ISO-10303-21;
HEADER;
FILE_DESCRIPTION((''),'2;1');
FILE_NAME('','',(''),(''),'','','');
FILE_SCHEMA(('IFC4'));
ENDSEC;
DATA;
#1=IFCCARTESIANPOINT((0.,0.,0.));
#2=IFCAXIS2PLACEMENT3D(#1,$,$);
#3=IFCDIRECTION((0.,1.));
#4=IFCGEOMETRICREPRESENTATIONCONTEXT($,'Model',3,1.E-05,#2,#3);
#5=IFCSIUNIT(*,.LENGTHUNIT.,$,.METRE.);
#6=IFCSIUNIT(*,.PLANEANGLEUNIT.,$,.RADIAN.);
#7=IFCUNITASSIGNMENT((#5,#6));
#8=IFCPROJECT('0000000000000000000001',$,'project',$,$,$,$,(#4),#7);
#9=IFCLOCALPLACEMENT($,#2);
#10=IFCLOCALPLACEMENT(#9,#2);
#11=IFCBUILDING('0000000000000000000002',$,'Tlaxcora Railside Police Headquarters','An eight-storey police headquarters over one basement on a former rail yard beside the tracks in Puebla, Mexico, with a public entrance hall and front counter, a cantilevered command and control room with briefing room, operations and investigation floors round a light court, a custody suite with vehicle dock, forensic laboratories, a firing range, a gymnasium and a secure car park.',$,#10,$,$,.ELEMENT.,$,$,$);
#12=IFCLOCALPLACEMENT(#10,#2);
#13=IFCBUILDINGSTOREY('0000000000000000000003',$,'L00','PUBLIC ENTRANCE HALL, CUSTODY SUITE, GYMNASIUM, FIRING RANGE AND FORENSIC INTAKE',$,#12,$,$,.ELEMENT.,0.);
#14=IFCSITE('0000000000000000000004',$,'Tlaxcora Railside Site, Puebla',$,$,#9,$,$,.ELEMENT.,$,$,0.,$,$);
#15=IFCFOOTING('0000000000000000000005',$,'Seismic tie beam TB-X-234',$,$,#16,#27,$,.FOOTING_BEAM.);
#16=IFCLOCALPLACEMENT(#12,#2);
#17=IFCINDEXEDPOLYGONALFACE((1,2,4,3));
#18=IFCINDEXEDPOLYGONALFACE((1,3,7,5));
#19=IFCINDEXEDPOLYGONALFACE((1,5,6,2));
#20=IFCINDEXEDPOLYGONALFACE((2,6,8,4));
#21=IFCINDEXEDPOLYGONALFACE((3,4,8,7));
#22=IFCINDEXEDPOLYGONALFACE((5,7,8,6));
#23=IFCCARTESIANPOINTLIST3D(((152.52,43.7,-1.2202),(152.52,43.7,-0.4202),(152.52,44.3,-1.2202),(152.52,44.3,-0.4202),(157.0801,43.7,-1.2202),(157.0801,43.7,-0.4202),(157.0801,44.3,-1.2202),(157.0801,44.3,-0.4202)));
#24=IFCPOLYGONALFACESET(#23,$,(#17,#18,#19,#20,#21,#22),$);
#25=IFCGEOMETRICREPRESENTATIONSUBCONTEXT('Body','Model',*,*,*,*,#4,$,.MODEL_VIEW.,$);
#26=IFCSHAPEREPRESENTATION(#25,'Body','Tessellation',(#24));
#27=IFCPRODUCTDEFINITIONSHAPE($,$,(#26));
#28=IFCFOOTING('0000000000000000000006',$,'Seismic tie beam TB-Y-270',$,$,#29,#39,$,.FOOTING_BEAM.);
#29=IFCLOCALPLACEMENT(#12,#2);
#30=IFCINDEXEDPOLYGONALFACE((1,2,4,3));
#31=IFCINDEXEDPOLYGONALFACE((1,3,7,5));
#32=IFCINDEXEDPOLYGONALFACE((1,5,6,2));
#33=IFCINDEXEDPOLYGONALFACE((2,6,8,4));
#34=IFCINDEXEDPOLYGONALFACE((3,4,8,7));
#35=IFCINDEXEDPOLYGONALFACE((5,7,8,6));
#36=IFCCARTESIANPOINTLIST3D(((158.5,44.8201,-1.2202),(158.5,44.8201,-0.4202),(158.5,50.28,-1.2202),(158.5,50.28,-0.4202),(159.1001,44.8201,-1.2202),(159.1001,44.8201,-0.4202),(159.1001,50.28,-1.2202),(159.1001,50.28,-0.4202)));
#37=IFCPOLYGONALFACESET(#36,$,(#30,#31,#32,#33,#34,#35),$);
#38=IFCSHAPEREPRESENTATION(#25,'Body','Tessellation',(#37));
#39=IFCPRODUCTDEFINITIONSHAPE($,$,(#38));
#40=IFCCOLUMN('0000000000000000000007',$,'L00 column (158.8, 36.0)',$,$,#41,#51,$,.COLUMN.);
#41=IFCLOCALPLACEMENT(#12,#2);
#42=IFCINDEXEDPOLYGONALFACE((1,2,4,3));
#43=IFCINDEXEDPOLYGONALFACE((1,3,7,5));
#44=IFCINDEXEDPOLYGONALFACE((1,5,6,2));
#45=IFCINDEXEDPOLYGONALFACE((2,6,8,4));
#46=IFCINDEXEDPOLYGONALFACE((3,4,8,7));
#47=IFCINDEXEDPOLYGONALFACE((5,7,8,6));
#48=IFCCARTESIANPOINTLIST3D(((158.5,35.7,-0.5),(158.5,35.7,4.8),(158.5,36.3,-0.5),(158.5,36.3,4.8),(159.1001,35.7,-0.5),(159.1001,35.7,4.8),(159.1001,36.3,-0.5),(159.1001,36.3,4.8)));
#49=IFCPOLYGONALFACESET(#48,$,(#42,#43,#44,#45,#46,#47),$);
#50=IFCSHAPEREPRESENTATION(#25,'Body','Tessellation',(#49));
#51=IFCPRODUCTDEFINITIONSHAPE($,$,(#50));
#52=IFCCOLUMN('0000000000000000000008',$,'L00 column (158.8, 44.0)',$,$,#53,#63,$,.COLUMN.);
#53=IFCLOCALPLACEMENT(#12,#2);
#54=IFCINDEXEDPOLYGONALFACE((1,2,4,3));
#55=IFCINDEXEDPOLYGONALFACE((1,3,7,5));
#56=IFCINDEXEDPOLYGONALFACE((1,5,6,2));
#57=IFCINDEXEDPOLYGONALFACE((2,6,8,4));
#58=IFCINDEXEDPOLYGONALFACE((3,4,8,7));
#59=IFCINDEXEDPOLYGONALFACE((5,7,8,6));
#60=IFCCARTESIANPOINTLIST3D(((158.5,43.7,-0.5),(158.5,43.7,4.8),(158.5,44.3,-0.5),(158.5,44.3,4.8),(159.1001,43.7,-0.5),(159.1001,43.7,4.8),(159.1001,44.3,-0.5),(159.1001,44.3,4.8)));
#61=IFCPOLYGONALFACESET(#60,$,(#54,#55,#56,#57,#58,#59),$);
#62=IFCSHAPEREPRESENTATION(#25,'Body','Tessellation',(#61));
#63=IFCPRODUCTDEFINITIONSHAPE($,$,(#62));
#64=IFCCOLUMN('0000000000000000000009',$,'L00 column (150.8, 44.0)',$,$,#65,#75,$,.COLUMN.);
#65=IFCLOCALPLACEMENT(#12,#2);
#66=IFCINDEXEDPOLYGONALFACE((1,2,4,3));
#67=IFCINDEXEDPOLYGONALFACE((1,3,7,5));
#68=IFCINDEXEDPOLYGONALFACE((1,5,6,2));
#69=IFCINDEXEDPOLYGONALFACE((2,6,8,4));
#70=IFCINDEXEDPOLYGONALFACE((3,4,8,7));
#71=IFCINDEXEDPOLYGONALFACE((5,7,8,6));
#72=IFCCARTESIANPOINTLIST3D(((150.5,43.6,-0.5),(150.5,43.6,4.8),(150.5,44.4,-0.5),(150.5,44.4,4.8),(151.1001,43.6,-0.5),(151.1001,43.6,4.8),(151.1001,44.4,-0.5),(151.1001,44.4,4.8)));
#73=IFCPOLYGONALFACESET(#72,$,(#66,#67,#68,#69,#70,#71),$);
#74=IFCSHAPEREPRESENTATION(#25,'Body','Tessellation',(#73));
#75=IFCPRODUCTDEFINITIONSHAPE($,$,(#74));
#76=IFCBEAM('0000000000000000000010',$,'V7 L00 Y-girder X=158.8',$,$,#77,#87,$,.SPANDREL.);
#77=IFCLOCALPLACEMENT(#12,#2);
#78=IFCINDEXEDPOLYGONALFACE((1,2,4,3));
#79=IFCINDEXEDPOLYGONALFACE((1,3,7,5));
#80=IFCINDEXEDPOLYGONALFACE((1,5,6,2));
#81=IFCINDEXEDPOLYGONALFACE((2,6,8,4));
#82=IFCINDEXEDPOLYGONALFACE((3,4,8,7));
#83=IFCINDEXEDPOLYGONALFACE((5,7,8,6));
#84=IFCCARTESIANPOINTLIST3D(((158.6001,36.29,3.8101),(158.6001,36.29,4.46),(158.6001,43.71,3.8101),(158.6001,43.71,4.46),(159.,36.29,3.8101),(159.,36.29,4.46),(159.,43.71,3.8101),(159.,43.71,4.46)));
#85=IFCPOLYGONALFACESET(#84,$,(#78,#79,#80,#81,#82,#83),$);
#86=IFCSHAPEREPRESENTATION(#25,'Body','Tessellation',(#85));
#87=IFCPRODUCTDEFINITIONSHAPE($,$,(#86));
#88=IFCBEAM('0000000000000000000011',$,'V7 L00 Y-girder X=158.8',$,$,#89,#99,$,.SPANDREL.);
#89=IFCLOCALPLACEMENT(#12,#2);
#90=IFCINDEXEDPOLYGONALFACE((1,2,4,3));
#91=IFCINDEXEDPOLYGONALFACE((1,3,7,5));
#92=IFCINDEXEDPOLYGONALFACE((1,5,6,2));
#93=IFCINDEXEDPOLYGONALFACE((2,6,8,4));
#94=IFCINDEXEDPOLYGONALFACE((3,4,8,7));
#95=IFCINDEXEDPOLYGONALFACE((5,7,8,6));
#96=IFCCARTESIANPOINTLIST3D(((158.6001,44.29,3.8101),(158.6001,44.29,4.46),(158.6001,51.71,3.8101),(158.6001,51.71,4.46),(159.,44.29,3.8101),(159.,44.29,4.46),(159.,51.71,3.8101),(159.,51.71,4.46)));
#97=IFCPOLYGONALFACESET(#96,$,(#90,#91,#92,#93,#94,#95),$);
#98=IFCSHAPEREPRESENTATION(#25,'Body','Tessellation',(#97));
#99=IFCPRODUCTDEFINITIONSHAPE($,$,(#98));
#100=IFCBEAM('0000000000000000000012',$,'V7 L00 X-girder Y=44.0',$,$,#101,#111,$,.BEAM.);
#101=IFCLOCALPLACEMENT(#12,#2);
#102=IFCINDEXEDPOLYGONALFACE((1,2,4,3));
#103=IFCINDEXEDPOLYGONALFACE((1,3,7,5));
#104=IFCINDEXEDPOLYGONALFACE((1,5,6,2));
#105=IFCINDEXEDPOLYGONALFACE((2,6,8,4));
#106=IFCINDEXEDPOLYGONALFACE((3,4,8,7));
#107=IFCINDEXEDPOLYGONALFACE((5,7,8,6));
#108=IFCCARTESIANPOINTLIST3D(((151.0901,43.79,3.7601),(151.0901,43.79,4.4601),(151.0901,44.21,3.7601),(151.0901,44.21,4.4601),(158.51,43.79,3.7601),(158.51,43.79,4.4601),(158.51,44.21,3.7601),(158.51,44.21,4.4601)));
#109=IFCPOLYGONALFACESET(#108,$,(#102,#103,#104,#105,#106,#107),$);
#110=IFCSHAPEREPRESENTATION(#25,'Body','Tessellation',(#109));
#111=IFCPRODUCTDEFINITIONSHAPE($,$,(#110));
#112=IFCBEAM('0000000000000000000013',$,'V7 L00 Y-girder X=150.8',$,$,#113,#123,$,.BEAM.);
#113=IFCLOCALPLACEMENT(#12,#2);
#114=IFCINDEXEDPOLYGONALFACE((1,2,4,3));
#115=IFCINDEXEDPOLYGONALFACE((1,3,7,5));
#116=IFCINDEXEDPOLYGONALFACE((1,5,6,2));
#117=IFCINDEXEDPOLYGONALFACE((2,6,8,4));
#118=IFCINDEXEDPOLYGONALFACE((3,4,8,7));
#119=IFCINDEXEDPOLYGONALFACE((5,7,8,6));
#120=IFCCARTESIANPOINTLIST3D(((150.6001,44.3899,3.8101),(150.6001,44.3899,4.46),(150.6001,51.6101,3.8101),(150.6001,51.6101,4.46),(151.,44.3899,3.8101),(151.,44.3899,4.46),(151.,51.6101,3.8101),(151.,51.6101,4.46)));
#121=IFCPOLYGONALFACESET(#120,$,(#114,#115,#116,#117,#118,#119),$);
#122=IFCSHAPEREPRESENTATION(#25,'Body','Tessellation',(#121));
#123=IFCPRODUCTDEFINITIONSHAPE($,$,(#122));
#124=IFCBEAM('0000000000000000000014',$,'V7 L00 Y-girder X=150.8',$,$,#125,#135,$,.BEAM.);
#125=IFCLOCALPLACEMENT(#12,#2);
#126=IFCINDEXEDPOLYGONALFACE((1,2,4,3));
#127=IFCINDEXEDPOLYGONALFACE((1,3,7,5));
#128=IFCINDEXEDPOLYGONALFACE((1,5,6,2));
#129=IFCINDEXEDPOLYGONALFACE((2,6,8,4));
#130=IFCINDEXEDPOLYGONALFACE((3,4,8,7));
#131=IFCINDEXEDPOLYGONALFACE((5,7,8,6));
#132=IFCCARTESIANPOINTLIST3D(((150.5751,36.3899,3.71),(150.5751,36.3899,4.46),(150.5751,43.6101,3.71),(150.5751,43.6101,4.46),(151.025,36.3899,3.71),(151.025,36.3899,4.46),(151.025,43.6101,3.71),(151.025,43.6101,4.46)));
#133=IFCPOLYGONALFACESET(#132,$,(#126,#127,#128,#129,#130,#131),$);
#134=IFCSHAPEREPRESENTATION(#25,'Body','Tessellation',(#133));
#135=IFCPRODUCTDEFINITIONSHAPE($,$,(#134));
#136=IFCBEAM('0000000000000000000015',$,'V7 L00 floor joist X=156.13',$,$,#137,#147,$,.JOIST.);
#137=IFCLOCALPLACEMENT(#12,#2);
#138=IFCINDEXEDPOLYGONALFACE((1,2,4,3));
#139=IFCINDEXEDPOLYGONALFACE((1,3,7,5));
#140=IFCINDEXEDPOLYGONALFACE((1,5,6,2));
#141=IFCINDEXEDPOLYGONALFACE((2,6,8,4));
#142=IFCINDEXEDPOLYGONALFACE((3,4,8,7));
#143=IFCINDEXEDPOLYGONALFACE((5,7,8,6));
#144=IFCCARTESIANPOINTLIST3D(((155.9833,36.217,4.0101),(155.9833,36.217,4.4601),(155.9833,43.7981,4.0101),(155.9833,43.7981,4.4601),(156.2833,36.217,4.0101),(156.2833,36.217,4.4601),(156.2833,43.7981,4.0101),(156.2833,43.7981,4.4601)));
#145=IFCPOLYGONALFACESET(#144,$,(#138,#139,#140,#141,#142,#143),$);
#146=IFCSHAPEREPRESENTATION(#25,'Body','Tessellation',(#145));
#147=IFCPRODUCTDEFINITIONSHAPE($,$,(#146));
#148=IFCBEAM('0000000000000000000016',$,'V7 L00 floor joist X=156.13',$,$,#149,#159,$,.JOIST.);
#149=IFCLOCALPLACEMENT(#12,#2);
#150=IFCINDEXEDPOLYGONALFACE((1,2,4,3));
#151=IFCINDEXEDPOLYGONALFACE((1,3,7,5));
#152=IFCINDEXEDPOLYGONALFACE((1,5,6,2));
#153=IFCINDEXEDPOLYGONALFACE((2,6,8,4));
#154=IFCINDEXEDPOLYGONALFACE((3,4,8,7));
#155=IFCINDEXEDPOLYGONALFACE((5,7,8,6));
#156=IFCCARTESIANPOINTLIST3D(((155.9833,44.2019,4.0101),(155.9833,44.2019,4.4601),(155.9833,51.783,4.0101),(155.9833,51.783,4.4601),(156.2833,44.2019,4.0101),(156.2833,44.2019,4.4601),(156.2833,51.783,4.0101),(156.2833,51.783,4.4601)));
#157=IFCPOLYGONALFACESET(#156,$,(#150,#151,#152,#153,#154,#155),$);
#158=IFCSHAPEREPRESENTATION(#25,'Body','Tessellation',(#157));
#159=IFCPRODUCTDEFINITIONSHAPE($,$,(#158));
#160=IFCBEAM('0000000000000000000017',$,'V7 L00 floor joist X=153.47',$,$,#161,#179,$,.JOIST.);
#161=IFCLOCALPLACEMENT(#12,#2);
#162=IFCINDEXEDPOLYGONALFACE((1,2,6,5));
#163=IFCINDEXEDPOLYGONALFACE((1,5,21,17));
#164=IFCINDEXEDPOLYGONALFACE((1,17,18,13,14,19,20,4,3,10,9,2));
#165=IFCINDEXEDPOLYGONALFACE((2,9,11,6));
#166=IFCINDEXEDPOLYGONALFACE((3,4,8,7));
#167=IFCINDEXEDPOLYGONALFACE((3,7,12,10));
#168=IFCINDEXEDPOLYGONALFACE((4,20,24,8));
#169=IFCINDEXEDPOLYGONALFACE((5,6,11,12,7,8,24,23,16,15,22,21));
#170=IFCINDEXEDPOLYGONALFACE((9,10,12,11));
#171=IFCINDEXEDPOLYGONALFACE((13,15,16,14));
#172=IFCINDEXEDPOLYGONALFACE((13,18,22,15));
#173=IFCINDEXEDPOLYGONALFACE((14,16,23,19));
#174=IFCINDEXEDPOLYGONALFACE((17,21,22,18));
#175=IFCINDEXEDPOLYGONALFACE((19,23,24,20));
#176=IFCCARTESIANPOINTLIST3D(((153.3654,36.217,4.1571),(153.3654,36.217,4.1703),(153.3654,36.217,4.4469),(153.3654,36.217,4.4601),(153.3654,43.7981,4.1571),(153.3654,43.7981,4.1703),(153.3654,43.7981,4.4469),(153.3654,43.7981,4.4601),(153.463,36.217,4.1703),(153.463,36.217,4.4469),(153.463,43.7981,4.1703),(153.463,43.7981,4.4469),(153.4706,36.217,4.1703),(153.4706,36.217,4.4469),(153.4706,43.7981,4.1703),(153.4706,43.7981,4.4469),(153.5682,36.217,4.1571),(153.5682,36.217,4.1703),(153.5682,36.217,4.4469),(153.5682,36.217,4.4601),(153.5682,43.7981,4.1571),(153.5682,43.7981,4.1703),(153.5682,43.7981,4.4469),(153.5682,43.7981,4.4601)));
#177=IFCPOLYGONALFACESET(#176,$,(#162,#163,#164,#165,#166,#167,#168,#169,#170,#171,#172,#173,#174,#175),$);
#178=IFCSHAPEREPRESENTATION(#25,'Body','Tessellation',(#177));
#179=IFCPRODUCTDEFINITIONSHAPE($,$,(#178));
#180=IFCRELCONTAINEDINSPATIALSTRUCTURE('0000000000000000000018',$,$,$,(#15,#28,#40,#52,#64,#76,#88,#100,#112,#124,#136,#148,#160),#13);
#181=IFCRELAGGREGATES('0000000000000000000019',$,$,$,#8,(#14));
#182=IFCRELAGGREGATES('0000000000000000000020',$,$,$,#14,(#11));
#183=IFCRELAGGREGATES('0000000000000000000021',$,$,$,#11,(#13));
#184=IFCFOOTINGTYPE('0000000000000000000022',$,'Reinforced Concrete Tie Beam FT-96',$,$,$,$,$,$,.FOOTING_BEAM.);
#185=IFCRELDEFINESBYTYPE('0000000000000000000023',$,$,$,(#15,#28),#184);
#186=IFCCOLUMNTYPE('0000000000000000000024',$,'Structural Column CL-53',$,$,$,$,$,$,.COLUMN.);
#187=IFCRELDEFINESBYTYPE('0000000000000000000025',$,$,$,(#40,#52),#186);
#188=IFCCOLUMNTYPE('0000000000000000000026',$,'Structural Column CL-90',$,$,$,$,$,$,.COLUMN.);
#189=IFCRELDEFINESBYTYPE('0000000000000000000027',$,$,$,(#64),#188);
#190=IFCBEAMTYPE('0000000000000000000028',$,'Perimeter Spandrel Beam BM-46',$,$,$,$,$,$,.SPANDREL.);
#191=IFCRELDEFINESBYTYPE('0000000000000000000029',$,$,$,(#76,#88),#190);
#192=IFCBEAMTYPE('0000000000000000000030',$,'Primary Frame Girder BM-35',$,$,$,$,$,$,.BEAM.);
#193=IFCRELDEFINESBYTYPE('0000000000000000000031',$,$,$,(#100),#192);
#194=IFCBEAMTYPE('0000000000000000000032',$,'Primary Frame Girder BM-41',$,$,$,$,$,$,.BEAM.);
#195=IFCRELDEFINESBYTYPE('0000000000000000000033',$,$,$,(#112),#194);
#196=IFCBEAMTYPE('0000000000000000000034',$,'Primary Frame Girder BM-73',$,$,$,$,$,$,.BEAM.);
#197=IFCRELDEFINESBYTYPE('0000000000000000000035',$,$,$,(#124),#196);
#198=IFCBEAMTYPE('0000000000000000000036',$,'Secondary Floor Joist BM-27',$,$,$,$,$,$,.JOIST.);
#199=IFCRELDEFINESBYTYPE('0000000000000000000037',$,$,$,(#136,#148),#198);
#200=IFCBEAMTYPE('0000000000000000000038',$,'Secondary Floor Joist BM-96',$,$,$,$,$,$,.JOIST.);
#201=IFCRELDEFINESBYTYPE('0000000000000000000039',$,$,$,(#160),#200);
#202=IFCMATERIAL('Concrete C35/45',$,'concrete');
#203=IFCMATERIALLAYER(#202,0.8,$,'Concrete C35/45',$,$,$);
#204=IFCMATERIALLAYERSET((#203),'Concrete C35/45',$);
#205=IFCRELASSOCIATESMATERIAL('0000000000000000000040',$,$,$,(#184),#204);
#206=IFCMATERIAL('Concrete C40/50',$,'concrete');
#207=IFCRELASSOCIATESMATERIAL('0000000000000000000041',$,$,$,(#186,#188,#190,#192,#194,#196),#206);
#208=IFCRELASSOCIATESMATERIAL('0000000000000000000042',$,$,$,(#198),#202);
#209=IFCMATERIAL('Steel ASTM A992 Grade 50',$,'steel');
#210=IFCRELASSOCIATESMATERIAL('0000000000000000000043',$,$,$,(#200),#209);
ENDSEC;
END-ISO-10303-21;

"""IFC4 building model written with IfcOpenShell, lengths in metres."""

from ifc_helpers import new_model, si_unit, direction, frame, origin, origin_2d, place, context, subcontext, project, spatial, rectangle, i_section, extrude, material, layer, layer_set, material_profile, profile_set, type_object, element, save


model = new_model("IFC4")

# Units and contexts
model_context = context("Model", 3, precision=1e-05, world=origin(), true_north=direction((0.0, 1.0)))
body_context = subcontext(model_context, "Body", "Model", "MODEL_VIEW")
ifc_project = project(units=[si_unit("LENGTHUNIT", "METRE"), si_unit("PLANEANGLEUNIT", "RADIAN")], contexts=[model_context])

# Site, building, storey
site_placement = place(None, origin())
site = spatial("IfcSite", under=ifc_project, at=site_placement, Name="Tlaxcora Railside Site, Puebla", CompositionType="ELEMENT", RefElevation=0.0)
building_placement = place(site_placement, origin())
building = spatial("IfcBuilding", under=site, at=building_placement, Name="Tlaxcora Railside Police Headquarters", Description="An eight-storey police headquarters over one basement on a former rail yard beside the tracks in Puebla, Mexico, with a public entrance hall and front counter, a cantilevered command and control room with briefing room, operations and investigation floors round a light court, a custody suite with vehicle dock, forensic laboratories, a firing range, a gymnasium and a secure car park.", CompositionType="ELEMENT")
storey_placement = place(building_placement, origin())
storey = spatial("IfcBuildingStorey", under=building, at=storey_placement, Name="L00", Description="PUBLIC ENTRANCE HALL, CUSTODY SUITE, GYMNASIUM, FIRING RANGE AND FORENSIC INTAKE", CompositionType="ELEMENT", Elevation=0.0)

# Shared definitions
ifc_material_1 = material(Name="Concrete C35/45", Category="concrete")

# Footings
ifc_material_2 = material(Name="Concrete C40/50", Category="concrete")
ifc_layer_1 = layer(ifc_material_1, 0.8, Name="Concrete C35/45")
ifc_layer_set_1 = layer_set([ifc_layer_1], Name="Concrete C35/45")
footing_type_1 = type_object("IfcFootingType", Name="Reinforced Concrete Tie Beam FT-96", PredefinedType="FOOTING_BEAM", material=ifc_layer_set_1)
footing_1_placement = place(storey_placement, frame((154.8, 44.0, -1.2202), z_axis=(0.0, 0.0, 1.0), x_axis=(1.0, 0.0, 0.0)))
element("IfcFooting", 1, at=footing_1_placement, inside=storey, type_object=footing_type_1, Name="Seismic tie beam TB-X-234", PredefinedType="FOOTING_BEAM", context=body_context, shape_type="SweptSolid", body=[
    extrude(rectangle(XDim=4.5601, YDim=0.6001, at=origin_2d()), origin(), (0.0, 0.0, 1.0), 0.8),
])
footing_2_placement = place(storey_placement, frame((158.8, 47.55, -1.2202), z_axis=(0.0, 0.0, 1.0), x_axis=(0.0, 1.0, 0.0)))
element("IfcFooting", 2, at=footing_2_placement, inside=storey, type_object=footing_type_1, Name="Seismic tie beam TB-Y-270", PredefinedType="FOOTING_BEAM", context=body_context, shape_type="SweptSolid", body=[
    extrude(rectangle(XDim=5.46, YDim=0.6001, at=origin_2d()), origin(), (0.0, 0.0, 1.0), 0.8),
])

# Columns
ifc_material_profile_1 = material_profile(ifc_material_2, rectangle(XDim=0.6001, YDim=0.6001, at=origin_2d()), Name="RC600X600")
ifc_profile_set_1 = profile_set([ifc_material_profile_1], Name="Concrete C40/50")
column_type_1 = type_object("IfcColumnType", Name="Structural Column CL-53", PredefinedType="COLUMN", material=ifc_profile_set_1)
for number, where, z_axis, x_axis, name in (
    (3, (158.8, 36.0, -0.5), (0.0, 0.0, 1.0), (1.0, 0.0, 0.0), "L00 column (158.8, 36.0)"),
    (4, (158.8, 44.0, -0.5), (0.0, 0.0, 1.0), (1.0, 0.0, 0.0), "L00 column (158.8, 44.0)"),
):
    element("IfcColumn", number, at=place(storey_placement, frame(where, z_axis=z_axis, x_axis=x_axis)), inside=storey, type_object=column_type_1, Name=name, PredefinedType="COLUMN", context=body_context, shape_type="SweptSolid", body=[
        extrude(rectangle(XDim=0.6001, YDim=0.6001, at=origin_2d()), origin(), (0.0, 0.0, 1.0), 5.3),
    ])
ifc_material_profile_2 = material_profile(ifc_material_2, rectangle(XDim=0.6001, YDim=0.8, at=origin_2d()), Name="RC600X800")
ifc_profile_set_2 = profile_set([ifc_material_profile_2], Name="Concrete C40/50")
column_type_2 = type_object("IfcColumnType", Name="Structural Column CL-90", PredefinedType="COLUMN", material=ifc_profile_set_2)
column_placement = place(storey_placement, frame((150.8, 44.0, -0.5), z_axis=(0.0, 0.0, 1.0), x_axis=(1.0, 0.0, 0.0)))
element("IfcColumn", 5, at=column_placement, inside=storey, type_object=column_type_2, Name="L00 column (150.8, 44.0)", PredefinedType="COLUMN", context=body_context, shape_type="SweptSolid", body=[
    extrude(rectangle(XDim=0.6001, YDim=0.8, at=origin_2d()), origin(), (0.0, 0.0, 1.0), 5.3),
])

# Beams
ifc_material_profile_3 = material_profile(ifc_material_2, rectangle(XDim=0.3999, YDim=0.6499, at=origin_2d()), Name="RC400X650")
ifc_profile_set_3 = profile_set([ifc_material_profile_3], Name="Concrete C40/50")
beam_type_1 = type_object("IfcBeamType", Name="Perimeter Spandrel Beam BM-46", PredefinedType="SPANDREL", material=ifc_profile_set_3)
for number, where, z_axis, x_axis, name in (
    (6, (158.8, 36.29, 4.135), (0.0, 1.0, 0.0), (-1.0, 0.0, 0.0), "V7 L00 Y-girder X=158.8"),
    (7, (158.8, 44.29, 4.135), (0.0, 1.0, 0.0), (-1.0, 0.0, 0.0), "V7 L00 Y-girder X=158.8"),
):
    element("IfcBeam", number, at=place(storey_placement, frame(where, z_axis=z_axis, x_axis=x_axis)), inside=storey, type_object=beam_type_1, Name=name, PredefinedType="SPANDREL", context=body_context, shape_type="SweptSolid", body=[
        extrude(rectangle(XDim=0.3999, YDim=0.6499, at=origin_2d()), origin(), (0.0, 0.0, 1.0), 7.4199),
    ])
ifc_material_profile_4 = material_profile(ifc_material_2, rectangle(XDim=0.4199, YDim=0.7, at=origin_2d()), Name="RC420X700")
ifc_profile_set_4 = profile_set([ifc_material_profile_4], Name="Concrete C40/50")
beam_type_2 = type_object("IfcBeamType", Name="Primary Frame Girder BM-35", PredefinedType="BEAM", material=ifc_profile_set_4)
beam_1_placement = place(storey_placement, frame((151.0901, 44.0, 4.1101), z_axis=(1.0, 0.0, 0.0), x_axis=(0.0, 1.0, 0.0)))
element("IfcBeam", 8, at=beam_1_placement, inside=storey, type_object=beam_type_2, Name="V7 L00 X-girder Y=44.0", PredefinedType="BEAM", context=body_context, shape_type="SweptSolid", body=[
    extrude(rectangle(XDim=0.4199, YDim=0.7, at=origin_2d()), origin(), (0.0, 0.0, 1.0), 7.4199),
])
ifc_material_profile_5 = material_profile(ifc_material_2, rectangle(XDim=0.3999, YDim=0.6499, at=origin_2d()), Name="RC400X650")
ifc_profile_set_5 = profile_set([ifc_material_profile_5], Name="Concrete C40/50")
beam_type_3 = type_object("IfcBeamType", Name="Primary Frame Girder BM-41", PredefinedType="BEAM", material=ifc_profile_set_5)
beam_2_placement = place(storey_placement, frame((150.8, 44.3899, 4.135), z_axis=(0.0, 1.0, 0.0), x_axis=(-1.0, 0.0, 0.0)))
element("IfcBeam", 9, at=beam_2_placement, inside=storey, type_object=beam_type_3, Name="V7 L00 Y-girder X=150.8", PredefinedType="BEAM", context=body_context, shape_type="SweptSolid", body=[
    extrude(rectangle(XDim=0.3999, YDim=0.6499, at=origin_2d()), origin(), (0.0, 0.0, 1.0), 7.2202),
])
ifc_material_profile_6 = material_profile(ifc_material_2, rectangle(XDim=0.45, YDim=0.75, at=origin_2d()), Name="RC450X750")
ifc_profile_set_6 = profile_set([ifc_material_profile_6], Name="Concrete C40/50")
beam_type_4 = type_object("IfcBeamType", Name="Primary Frame Girder BM-73", PredefinedType="BEAM", material=ifc_profile_set_6)
beam_3_placement = place(storey_placement, frame((150.8, 36.3899, 4.085), z_axis=(0.0, 1.0, 0.0), x_axis=(-1.0, 0.0, 0.0)))
element("IfcBeam", 10, at=beam_3_placement, inside=storey, type_object=beam_type_4, Name="V7 L00 Y-girder X=150.8", PredefinedType="BEAM", context=body_context, shape_type="SweptSolid", body=[
    extrude(rectangle(XDim=0.45, YDim=0.75, at=origin_2d()), origin(), (0.0, 0.0, 1.0), 7.2202),
])
ifc_material_profile_7 = material_profile(ifc_material_1, rectangle(XDim=0.3, YDim=0.45, at=origin_2d()), Name="RC300X450")
ifc_profile_set_7 = profile_set([ifc_material_profile_7], Name="Concrete C35/45")
beam_type_5 = type_object("IfcBeamType", Name="Secondary Floor Joist BM-27", PredefinedType="JOIST", material=ifc_profile_set_7)
for number, where, z_axis, x_axis, name in (
    (11, (156.1333, 36.217, 4.2351), (0.0, 1.0, 0.0), (-1.0, 0.0, 0.0), "V7 L00 floor joist X=156.13"),
    (12, (156.1333, 44.2019, 4.2351), (0.0, 1.0, 0.0), (-1.0, 0.0, 0.0), "V7 L00 floor joist X=156.13"),
):
    element("IfcBeam", number, at=place(storey_placement, frame(where, z_axis=z_axis, x_axis=x_axis)), inside=storey, type_object=beam_type_5, Name=name, PredefinedType="JOIST", context=body_context, shape_type="SweptSolid", body=[
        extrude(rectangle(XDim=0.3, YDim=0.45, at=origin_2d()), origin(), (0.0, 0.0, 1.0), 7.5811),
    ])
ifc_material_3 = material(Name="Steel ASTM A992 Grade 50", Category="steel")
ifc_material_profile_8 = material_profile(ifc_material_3, i_section(OverallWidth=0.2029, OverallDepth=0.303, WebThickness=0.0076, FlangeThickness=0.0132, at=origin_2d()), Name="W12X40")
ifc_profile_set_8 = profile_set([ifc_material_profile_8], Name="Steel ASTM A992 Grade 50")
beam_type_6 = type_object("IfcBeamType", Name="Secondary Floor Joist BM-96", PredefinedType="JOIST", material=ifc_profile_set_8)
for number, where, z_axis, x_axis, name in (
    (13, (153.4668, 36.217, 4.3086), (0.0, 1.0, 0.0), (-1.0, 0.0, 0.0), "V7 L00 floor joist X=153.47"),
):
    element("IfcBeam", number, at=place(storey_placement, frame(where, z_axis=z_axis, x_axis=x_axis)), inside=storey, type_object=beam_type_6, Name=name, PredefinedType="JOIST", context=body_context, shape_type="SweptSolid", body=[
        extrude(i_section(OverallWidth=0.2029, OverallDepth=0.303, WebThickness=0.0076, FlangeThickness=0.0132, at=origin_2d()), origin(), (0.0, 0.0, 1.0), 7.5811),
    ])

save(model, "model.ifc")
